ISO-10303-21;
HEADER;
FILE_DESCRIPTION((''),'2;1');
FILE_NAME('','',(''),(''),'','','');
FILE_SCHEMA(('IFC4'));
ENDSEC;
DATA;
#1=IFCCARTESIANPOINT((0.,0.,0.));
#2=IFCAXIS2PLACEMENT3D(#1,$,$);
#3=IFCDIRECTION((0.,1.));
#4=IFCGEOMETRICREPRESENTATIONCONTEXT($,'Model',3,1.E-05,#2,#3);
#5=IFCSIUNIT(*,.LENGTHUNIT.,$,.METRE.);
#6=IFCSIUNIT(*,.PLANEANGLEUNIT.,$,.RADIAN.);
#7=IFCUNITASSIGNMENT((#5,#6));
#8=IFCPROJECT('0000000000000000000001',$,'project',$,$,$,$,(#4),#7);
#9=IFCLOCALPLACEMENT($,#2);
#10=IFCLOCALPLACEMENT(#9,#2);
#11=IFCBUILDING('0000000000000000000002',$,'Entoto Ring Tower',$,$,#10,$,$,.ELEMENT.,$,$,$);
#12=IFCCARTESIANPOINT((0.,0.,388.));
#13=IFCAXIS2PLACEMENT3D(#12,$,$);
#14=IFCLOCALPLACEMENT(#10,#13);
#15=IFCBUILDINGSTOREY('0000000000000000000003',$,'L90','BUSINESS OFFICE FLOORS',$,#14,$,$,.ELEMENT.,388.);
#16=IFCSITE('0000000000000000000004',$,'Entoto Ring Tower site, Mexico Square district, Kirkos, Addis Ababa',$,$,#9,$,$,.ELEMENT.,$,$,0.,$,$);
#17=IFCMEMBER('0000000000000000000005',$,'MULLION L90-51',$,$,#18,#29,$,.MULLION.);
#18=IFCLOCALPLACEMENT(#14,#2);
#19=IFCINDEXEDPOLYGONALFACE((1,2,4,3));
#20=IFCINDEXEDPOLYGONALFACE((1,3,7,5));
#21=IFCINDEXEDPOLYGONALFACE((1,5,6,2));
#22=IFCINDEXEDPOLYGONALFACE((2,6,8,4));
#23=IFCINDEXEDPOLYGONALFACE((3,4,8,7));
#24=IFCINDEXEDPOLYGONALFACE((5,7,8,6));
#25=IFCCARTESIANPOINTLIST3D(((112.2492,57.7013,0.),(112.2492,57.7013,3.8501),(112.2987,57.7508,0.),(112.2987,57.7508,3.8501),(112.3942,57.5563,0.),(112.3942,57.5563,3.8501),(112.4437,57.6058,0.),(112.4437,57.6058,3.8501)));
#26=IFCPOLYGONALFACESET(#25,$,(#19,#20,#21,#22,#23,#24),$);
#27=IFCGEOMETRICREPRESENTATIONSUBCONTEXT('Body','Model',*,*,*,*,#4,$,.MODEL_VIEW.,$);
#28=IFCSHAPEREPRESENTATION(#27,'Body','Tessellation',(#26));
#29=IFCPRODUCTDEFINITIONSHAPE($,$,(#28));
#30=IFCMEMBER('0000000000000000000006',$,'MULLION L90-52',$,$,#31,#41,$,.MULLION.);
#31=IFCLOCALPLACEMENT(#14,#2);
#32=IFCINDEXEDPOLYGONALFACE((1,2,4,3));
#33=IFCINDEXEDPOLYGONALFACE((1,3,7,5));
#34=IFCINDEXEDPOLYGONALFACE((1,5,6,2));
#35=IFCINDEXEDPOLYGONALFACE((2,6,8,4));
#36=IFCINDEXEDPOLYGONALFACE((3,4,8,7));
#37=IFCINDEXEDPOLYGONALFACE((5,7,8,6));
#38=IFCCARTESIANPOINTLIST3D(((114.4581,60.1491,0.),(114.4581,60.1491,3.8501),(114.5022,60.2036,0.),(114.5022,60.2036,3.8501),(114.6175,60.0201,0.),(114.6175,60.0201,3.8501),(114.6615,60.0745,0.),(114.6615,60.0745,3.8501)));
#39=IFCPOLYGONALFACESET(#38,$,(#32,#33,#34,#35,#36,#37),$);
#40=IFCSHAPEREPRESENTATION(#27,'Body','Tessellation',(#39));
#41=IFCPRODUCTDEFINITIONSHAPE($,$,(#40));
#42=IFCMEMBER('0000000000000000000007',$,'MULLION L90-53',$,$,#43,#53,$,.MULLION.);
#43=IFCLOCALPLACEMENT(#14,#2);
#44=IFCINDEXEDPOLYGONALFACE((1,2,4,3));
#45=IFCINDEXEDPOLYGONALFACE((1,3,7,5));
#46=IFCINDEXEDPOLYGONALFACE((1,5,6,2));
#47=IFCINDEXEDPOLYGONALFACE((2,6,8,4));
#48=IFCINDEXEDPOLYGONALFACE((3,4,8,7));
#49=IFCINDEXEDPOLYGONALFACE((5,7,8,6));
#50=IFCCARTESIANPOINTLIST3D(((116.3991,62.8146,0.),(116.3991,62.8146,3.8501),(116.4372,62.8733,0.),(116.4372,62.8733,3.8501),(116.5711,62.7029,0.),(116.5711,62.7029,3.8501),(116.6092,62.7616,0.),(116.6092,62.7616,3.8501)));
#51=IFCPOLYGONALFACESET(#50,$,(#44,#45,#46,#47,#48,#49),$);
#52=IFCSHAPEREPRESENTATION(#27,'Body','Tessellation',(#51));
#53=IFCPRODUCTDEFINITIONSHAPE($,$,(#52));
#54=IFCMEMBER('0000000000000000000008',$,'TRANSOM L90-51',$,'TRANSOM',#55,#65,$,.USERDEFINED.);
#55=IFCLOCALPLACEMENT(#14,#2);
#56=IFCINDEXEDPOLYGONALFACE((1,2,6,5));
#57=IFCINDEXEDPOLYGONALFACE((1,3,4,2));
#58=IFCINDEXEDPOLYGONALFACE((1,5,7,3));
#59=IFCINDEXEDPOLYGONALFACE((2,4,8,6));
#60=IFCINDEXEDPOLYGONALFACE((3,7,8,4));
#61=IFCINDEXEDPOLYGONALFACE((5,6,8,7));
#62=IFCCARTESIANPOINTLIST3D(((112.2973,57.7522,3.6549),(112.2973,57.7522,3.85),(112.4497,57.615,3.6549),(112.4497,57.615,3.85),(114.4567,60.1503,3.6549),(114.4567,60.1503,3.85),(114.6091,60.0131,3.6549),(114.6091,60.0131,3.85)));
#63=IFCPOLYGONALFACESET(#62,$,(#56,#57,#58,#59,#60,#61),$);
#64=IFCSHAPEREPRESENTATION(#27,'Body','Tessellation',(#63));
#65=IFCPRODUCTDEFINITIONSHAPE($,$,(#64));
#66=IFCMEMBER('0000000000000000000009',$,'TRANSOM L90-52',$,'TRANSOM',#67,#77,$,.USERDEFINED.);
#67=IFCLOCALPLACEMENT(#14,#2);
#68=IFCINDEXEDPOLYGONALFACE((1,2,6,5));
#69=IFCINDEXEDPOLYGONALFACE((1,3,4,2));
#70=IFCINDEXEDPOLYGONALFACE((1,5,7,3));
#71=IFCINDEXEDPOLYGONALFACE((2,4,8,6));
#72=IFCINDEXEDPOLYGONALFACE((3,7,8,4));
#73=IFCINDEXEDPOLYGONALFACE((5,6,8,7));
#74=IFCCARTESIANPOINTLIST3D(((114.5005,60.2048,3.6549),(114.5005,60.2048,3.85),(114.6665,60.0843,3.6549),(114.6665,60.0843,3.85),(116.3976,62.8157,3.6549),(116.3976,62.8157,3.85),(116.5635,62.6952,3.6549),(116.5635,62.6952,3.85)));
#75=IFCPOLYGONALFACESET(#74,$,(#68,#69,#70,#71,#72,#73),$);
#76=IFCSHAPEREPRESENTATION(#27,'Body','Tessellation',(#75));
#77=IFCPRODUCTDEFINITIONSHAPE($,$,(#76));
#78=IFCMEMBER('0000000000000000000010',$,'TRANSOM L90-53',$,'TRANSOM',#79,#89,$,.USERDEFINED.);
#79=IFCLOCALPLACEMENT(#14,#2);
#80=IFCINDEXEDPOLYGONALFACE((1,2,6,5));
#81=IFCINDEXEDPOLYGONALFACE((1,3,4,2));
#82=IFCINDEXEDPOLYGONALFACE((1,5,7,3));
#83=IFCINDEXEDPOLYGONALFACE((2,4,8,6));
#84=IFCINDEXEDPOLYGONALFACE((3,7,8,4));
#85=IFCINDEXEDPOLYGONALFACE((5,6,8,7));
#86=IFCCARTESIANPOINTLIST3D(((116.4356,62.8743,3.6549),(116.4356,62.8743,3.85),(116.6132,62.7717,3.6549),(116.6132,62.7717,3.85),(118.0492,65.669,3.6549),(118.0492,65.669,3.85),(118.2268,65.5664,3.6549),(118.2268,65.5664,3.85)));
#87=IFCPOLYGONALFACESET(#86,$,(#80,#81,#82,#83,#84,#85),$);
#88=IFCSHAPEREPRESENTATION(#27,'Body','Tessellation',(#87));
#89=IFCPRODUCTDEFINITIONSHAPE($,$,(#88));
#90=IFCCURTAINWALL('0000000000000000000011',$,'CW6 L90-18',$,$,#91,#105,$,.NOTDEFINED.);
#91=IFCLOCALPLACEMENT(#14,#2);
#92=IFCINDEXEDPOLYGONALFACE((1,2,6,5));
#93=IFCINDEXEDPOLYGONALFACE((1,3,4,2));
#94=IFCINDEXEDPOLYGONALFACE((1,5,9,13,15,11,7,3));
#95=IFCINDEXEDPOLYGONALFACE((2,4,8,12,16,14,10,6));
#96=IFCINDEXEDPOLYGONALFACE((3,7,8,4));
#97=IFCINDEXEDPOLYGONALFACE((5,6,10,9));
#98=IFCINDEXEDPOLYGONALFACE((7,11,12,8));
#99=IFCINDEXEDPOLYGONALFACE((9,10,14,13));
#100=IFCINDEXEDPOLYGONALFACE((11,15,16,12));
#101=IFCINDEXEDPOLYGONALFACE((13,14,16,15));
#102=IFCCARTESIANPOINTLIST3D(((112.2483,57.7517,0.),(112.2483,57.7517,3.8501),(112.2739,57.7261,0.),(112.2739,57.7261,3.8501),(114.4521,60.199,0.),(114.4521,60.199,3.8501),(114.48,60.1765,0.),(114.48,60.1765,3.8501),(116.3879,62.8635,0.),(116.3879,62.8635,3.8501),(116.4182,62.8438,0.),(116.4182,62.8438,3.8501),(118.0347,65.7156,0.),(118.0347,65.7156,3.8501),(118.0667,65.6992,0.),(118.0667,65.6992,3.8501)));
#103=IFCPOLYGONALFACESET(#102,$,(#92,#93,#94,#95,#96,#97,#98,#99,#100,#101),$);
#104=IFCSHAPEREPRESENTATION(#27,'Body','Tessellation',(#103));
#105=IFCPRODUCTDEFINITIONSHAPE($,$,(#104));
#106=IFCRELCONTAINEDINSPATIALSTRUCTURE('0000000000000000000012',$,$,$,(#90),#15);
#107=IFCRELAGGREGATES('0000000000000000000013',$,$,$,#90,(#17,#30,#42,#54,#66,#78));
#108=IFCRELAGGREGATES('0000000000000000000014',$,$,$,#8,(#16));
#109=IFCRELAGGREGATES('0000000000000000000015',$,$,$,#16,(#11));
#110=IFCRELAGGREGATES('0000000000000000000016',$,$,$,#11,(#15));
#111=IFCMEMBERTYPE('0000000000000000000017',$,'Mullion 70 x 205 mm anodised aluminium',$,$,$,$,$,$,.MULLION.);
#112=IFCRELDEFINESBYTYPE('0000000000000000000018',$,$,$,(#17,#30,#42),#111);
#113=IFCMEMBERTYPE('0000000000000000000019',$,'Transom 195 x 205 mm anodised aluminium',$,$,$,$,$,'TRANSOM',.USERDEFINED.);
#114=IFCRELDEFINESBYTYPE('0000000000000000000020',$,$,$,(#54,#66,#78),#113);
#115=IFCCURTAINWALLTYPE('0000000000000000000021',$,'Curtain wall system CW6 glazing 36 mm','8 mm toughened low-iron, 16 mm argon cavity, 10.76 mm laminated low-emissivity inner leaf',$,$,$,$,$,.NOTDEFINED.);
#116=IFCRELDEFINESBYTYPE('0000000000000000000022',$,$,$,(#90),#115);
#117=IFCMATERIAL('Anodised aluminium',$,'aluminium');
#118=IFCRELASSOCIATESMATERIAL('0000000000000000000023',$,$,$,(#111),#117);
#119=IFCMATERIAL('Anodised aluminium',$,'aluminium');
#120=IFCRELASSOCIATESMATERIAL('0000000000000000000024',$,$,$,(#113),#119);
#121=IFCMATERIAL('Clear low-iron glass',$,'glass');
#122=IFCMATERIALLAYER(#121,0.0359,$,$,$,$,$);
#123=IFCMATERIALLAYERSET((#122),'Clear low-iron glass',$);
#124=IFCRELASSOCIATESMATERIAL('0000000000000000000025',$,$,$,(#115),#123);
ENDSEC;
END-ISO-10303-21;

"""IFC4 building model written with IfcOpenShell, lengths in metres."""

from ifc_helpers import new_model, si_unit, direction, frame, origin, origin_2d, place, context, subcontext, project, spatial, polyline, rectangle, outline, extrude, material, layer, layer_set, material_profile, profile_set, type_object, element, aggregate, save


model = new_model("IFC4")

# Units and contexts
model_context = context("Model", 3, precision=1e-05, world=origin(), true_north=direction((0.0, 1.0)))
body_context = subcontext(model_context, "Body", "Model", "MODEL_VIEW")
ifc_project = project(units=[si_unit("LENGTHUNIT", "METRE"), si_unit("PLANEANGLEUNIT", "RADIAN")], contexts=[model_context])

# Members
ifc_material_1 = material(Name="Anodised aluminium", Category="aluminium")
ifc_material_profile_1 = material_profile(ifc_material_1, rectangle(XDim=0.0701, YDim=0.2051, at=origin_2d()), Name="Mullion 70 x 205 mm anodised aluminium")
ifc_profile_set_1 = profile_set([ifc_material_profile_1], Name="Anodised aluminium")
member_type_1 = type_object("IfcMemberType", Name="Mullion 70 x 205 mm anodised aluminium", PredefinedType="MULLION", material=ifc_profile_set_1)
site_placement = place(None, origin())
building_placement = place(site_placement, origin())
storey_placement = place(building_placement, frame((0.0, 0.0, 388.0)))
member_1_placement = place(storey_placement, frame((112.3464, 57.6536, 0.0), z_axis=(0.0, 0.0, 1.0), x_axis=(0.707107, 0.707107, 0.0)))
member_1 = element("IfcMember", 1, at=member_1_placement, type_object=member_type_1, Name="MULLION L90-51", PredefinedType="MULLION", context=body_context, shape_type="SweptSolid", body=[
    extrude(rectangle(XDim=0.0701, YDim=0.2051, at=origin_2d()), origin(), (0.0, 0.0, 1.0), 3.8501),
])
member_2_placement = place(storey_placement, frame((114.5598, 60.1118, 0.0), z_axis=(0.0, 0.0, 1.0), x_axis=(0.62932, 0.777146, 0.0)))
member_2 = element("IfcMember", 2, at=member_2_placement, type_object=member_type_1, Name="MULLION L90-52", PredefinedType="MULLION", context=body_context, shape_type="SweptSolid", body=[
    extrude(rectangle(XDim=0.0701, YDim=0.2051, at=origin_2d()), origin(), (0.0, 0.0, 1.0), 3.8501),
])
member_3_placement = place(storey_placement, frame((116.5042, 62.7881, 0.0), z_axis=(0.0, 0.0, 1.0), x_axis=(0.544639, 0.838671, 0.0)))
member_3 = element("IfcMember", 3, at=member_3_placement, type_object=member_type_1, Name="MULLION L90-53", PredefinedType="MULLION", context=body_context, shape_type="SweptSolid", body=[
    extrude(rectangle(XDim=0.0701, YDim=0.2051, at=origin_2d()), origin(), (0.0, 0.0, 1.0), 3.8501),
])
ifc_material_2 = material(Name="Anodised aluminium", Category="aluminium")
ifc_material_profile_2 = material_profile(ifc_material_2, rectangle(XDim=0.2051, YDim=0.1951, at=origin_2d()), Name="Transom 195 x 205 mm anodised aluminium")
ifc_profile_set_2 = profile_set([ifc_material_profile_2], Name="Anodised aluminium")
member_type_2 = type_object("IfcMemberType", Name="Transom 195 x 205 mm anodised aluminium", ElementType="TRANSOM", PredefinedType="USERDEFINED", material=ifc_profile_set_2)
member_4_placement = place(storey_placement, frame((112.3735, 57.6836, 3.7524), z_axis=(0.669144, 0.743132, 0.0), x_axis=(-0.743132, 0.669144, 0.0)))
member_4 = element("IfcMember", 4, at=member_4_placement, type_object=member_type_2, Name="TRANSOM L90-51", ObjectType="TRANSOM", PredefinedType="USERDEFINED", context=body_context, shape_type="SweptSolid", body=[
    extrude(rectangle(XDim=0.2051, YDim=0.1951, at=origin_2d()), origin(), (0.0, 0.0, 1.0), 3.2271),
])
member_5_placement = place(storey_placement, frame((114.5835, 60.1445, 3.7524), z_axis=(0.587803, 0.809004, 0.0), x_axis=(-0.809004, 0.587803, 0.0)))
member_5 = element("IfcMember", 5, at=member_5_placement, type_object=member_type_2, Name="TRANSOM L90-52", ObjectType="TRANSOM", PredefinedType="USERDEFINED", context=body_context, shape_type="SweptSolid", body=[
    extrude(rectangle(XDim=0.2051, YDim=0.1951, at=origin_2d()), origin(), (0.0, 0.0, 1.0), 3.2273),
])
member_6_placement = place(storey_placement, frame((116.5244, 62.823, 3.7524), z_axis=(0.500004, 0.866023, 0.0), x_axis=(-0.866023, 0.500004, 0.0)))
member_6 = element("IfcMember", 6, at=member_6_placement, type_object=member_type_2, Name="TRANSOM L90-53", ObjectType="TRANSOM", PredefinedType="USERDEFINED", context=body_context, shape_type="SweptSolid", body=[
    extrude(rectangle(XDim=0.2051, YDim=0.1951, at=origin_2d()), origin(), (0.0, 0.0, 1.0), 3.2271),
])

# Site, building, storey
site = spatial("IfcSite", under=ifc_project, at=site_placement, Name="Entoto Ring Tower site, Mexico Square district, Kirkos, Addis Ababa", CompositionType="ELEMENT", RefElevation=0.0)
building = spatial("IfcBuilding", under=site, at=building_placement, Name="Entoto Ring Tower", CompositionType="ELEMENT")
storey = spatial("IfcBuildingStorey", under=building, at=storey_placement, Name="L90", Description="BUSINESS OFFICE FLOORS", CompositionType="ELEMENT", Elevation=388.0)

# Curtain wall
ifc_material_3 = material(Name="Clear low-iron glass", Category="glass")
ifc_layer = layer(ifc_material_3, 0.0359)
ifc_layer_set = layer_set([ifc_layer], Name="Clear low-iron glass")
curtain_wall_type = type_object("IfcCurtainWallType", Name="Curtain wall system CW6 glazing 36 mm", Description="8 mm toughened low-iron, 16 mm argon cavity, 10.76 mm laminated low-emissivity inner leaf", PredefinedType="NOTDEFINED", material=ifc_layer_set)
curtain_wall_1_placement = place(storey_placement, origin())
curtain_wall_1 = element("IfcCurtainWall", 7, at=curtain_wall_1_placement, inside=storey, type_object=curtain_wall_type, Name="CW6 L90-18", PredefinedType="NOTDEFINED", context=body_context, shape_type="SweptSolid", body=[
    extrude(outline(polyline([(112.2739, 57.7261), (114.48, 60.1765), (116.4182, 62.8438), (118.0667, 65.6992), (118.0347, 65.7156), (116.3879, 62.8635), (114.4521, 60.199), (112.2483, 57.7517), (112.2739, 57.7261)])), origin(), (0.0, 0.0, 1.0), 3.8501),
])
aggregate(curtain_wall_1, [member_1, member_2, member_3, member_4, member_5, member_6])

save(model, "model.ifc")
